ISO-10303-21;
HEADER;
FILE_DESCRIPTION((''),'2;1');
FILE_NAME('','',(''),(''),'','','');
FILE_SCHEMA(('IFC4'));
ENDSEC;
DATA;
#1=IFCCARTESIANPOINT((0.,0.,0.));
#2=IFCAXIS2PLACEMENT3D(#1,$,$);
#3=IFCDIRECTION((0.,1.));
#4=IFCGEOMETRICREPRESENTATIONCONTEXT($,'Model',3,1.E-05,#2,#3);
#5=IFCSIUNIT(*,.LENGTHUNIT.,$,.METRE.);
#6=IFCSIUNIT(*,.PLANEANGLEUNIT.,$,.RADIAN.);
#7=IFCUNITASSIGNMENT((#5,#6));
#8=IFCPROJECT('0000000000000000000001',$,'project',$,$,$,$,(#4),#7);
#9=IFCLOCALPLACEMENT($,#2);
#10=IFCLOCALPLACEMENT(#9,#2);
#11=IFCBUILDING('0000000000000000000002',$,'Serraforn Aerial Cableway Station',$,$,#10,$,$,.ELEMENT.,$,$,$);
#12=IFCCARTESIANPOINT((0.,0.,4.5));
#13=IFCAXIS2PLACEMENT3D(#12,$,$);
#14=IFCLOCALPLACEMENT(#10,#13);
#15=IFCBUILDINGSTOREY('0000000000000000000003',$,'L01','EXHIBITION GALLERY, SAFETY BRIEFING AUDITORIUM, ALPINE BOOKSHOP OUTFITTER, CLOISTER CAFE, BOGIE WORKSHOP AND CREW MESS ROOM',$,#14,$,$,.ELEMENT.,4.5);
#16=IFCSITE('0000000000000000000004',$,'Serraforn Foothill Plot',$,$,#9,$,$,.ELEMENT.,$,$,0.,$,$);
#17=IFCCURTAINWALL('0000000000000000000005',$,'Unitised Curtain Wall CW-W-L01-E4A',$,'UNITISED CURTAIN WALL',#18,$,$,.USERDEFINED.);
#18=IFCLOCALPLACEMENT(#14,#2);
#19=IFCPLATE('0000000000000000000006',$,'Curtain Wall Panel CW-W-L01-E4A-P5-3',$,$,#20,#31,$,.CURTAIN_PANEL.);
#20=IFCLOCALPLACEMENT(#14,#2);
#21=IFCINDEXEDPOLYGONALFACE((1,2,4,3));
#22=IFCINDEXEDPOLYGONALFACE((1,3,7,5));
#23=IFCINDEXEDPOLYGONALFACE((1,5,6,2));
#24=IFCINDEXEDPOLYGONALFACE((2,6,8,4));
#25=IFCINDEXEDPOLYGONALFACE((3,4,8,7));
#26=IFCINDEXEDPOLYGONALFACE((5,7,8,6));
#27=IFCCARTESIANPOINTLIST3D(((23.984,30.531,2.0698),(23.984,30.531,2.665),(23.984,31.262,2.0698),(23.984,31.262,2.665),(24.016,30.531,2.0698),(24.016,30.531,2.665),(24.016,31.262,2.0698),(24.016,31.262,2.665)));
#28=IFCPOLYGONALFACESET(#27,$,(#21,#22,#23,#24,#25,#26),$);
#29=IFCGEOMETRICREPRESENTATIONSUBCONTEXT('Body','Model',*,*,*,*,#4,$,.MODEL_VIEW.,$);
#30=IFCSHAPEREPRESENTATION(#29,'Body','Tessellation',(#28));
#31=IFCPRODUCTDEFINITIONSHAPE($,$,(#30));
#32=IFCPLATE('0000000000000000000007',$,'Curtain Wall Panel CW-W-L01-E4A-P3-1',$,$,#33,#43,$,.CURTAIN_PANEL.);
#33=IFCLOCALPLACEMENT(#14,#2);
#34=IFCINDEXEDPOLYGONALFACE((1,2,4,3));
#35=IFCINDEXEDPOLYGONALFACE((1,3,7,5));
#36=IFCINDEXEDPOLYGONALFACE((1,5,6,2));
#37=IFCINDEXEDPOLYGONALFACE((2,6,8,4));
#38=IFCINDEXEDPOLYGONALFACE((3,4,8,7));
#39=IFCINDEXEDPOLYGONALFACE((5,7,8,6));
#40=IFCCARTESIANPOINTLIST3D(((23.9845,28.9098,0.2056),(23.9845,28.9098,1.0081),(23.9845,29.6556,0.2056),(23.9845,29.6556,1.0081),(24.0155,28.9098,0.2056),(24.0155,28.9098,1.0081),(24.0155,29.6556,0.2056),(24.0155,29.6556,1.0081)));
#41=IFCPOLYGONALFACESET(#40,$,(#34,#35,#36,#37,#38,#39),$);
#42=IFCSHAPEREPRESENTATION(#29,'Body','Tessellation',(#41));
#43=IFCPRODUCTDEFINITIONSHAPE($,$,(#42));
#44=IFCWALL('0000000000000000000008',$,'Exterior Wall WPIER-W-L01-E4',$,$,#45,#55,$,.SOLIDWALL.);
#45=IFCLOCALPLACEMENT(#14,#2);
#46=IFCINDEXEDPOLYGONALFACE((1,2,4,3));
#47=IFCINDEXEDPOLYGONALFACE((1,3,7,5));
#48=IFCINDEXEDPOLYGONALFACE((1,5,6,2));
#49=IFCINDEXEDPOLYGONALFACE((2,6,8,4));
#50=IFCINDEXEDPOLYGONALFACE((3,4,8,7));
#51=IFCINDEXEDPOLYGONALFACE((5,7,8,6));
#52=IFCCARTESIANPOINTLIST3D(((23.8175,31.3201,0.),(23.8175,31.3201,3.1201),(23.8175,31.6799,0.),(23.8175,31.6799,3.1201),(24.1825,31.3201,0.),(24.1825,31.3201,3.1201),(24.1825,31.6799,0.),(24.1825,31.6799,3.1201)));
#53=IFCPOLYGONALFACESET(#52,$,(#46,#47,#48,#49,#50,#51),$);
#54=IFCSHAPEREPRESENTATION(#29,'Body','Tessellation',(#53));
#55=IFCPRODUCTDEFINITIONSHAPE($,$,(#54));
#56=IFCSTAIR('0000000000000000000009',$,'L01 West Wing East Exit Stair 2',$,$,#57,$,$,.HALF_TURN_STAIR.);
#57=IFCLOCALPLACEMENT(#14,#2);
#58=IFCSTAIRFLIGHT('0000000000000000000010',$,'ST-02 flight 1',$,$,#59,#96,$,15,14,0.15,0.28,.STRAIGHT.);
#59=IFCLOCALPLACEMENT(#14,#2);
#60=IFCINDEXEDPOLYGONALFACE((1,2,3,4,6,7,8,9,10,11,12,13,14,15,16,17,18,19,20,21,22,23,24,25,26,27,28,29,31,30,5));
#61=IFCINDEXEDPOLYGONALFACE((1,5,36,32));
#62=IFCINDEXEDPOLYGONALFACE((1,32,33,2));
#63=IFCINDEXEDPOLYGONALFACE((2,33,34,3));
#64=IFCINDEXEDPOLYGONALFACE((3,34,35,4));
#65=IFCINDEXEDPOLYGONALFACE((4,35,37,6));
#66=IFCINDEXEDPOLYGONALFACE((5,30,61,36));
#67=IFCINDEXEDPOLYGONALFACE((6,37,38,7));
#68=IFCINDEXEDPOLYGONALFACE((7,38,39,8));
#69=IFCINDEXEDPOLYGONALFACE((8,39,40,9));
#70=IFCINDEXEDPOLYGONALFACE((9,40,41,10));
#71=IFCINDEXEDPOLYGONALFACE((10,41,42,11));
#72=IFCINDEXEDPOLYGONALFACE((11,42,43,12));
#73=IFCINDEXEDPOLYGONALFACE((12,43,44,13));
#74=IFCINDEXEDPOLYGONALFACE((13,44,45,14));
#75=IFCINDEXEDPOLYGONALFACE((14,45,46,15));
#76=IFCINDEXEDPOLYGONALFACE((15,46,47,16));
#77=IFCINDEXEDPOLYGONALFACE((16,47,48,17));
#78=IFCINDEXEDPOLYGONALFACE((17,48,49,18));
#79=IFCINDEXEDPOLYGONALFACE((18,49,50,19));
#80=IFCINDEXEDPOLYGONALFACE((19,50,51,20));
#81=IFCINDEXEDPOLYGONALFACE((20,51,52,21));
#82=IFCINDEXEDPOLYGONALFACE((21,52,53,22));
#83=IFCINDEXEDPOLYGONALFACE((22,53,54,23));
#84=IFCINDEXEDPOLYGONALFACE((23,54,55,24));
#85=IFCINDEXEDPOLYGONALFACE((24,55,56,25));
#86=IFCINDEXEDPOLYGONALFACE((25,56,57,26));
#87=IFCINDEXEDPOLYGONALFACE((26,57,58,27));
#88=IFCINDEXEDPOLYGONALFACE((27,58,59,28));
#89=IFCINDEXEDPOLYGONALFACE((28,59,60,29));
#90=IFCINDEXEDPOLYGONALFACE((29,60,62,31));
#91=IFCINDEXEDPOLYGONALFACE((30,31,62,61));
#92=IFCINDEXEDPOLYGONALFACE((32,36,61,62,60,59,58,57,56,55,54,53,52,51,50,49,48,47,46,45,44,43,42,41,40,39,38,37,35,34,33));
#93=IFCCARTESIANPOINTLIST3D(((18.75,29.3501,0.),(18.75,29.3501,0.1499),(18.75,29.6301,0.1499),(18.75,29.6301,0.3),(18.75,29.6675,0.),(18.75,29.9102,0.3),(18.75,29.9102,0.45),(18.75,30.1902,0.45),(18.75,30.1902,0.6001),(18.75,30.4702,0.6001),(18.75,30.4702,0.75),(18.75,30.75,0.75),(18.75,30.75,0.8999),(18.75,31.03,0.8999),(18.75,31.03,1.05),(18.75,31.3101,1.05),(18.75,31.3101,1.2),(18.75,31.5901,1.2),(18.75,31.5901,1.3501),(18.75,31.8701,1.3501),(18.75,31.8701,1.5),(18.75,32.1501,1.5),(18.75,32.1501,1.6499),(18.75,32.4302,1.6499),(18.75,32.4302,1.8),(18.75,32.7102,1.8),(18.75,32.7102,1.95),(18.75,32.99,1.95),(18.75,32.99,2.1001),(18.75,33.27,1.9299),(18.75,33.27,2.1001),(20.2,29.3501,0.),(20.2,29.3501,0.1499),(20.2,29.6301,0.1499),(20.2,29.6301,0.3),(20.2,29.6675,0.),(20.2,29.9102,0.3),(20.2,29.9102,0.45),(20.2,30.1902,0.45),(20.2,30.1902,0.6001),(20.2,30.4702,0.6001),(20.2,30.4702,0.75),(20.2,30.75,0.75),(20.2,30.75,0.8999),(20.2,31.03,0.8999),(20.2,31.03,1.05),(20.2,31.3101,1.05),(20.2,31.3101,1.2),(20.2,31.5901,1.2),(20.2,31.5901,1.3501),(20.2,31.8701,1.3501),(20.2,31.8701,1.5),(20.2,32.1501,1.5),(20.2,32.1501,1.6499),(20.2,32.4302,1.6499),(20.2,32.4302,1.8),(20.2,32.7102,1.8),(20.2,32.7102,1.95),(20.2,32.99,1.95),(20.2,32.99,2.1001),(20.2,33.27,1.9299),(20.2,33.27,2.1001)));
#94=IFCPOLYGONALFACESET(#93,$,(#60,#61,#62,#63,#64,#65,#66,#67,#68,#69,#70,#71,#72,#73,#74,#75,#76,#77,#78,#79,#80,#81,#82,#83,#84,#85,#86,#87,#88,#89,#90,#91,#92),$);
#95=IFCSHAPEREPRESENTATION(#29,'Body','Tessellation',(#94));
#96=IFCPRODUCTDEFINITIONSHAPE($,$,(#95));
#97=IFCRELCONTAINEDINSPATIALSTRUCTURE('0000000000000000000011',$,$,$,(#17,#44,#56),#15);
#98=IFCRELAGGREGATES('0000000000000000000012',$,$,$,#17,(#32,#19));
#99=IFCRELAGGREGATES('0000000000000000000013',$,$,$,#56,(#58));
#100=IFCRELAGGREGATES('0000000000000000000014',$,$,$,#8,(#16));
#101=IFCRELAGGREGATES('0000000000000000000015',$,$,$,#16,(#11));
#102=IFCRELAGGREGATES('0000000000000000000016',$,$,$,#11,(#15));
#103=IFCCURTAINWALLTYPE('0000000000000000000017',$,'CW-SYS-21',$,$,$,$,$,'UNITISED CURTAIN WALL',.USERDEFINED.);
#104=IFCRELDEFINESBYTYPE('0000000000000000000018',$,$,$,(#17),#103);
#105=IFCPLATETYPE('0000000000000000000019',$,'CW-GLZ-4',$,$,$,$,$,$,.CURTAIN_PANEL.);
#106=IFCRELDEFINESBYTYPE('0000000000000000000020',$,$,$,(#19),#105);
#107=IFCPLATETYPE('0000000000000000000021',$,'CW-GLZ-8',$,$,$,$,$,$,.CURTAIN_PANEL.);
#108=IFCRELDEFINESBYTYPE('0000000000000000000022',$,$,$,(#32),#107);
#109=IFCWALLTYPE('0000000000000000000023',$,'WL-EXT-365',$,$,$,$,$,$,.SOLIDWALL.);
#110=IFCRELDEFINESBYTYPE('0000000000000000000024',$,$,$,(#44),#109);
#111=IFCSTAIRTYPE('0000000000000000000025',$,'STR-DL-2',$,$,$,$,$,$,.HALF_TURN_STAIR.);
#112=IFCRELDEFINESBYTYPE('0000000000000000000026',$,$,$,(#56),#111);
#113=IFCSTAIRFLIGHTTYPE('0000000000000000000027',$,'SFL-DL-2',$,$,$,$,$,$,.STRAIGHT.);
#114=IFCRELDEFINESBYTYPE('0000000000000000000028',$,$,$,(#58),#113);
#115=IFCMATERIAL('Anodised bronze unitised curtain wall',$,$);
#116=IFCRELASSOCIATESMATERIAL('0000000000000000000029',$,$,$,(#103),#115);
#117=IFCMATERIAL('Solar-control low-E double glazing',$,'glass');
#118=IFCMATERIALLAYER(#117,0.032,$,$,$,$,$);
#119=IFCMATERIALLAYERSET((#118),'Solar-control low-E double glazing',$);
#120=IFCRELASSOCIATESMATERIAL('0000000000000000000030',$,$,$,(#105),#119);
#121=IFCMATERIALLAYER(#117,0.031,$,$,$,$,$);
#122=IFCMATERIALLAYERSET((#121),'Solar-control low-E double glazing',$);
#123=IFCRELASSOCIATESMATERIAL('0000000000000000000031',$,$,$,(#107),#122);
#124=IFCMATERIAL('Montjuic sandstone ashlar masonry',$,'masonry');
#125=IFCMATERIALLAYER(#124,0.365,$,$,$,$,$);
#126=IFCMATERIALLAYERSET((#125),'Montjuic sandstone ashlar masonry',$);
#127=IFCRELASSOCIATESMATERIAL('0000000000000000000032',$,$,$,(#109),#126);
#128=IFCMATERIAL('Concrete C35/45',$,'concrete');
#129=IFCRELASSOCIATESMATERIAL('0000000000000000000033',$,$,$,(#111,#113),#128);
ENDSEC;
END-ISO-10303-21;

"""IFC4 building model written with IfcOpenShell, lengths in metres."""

from ifc_helpers import new_model, si_unit, direction, frame, frame_2d, origin, origin_2d, place, context, subcontext, project, spatial, polyline, rectangle, outline, extrude, material, layer, layer_set, type_object, element, aggregate, save


model = new_model("IFC4")

# Units and contexts
model_context = context("Model", 3, precision=1e-05, world=origin(), true_north=direction((0.0, 1.0)))
body_context = subcontext(model_context, "Body", "Model", "MODEL_VIEW")
ifc_project = project(units=[si_unit("LENGTHUNIT", "METRE"), si_unit("PLANEANGLEUNIT", "RADIAN")], contexts=[model_context])

# Site, building, storey
site_placement = place(None, origin())
site = spatial("IfcSite", under=ifc_project, at=site_placement, Name="Serraforn Foothill Plot", CompositionType="ELEMENT", RefElevation=0.0)
building_placement = place(site_placement, origin())
building = spatial("IfcBuilding", under=site, at=building_placement, Name="Serraforn Aerial Cableway Station", CompositionType="ELEMENT")
storey_placement = place(building_placement, frame((0.0, 0.0, 4.5)))
storey = spatial("IfcBuildingStorey", under=building, at=storey_placement, Name="L01", Description="EXHIBITION GALLERY, SAFETY BRIEFING AUDITORIUM, ALPINE BOOKSHOP OUTFITTER, CLOISTER CAFE, BOGIE WORKSHOP AND CREW MESS ROOM", CompositionType="ELEMENT", Elevation=4.5)

# Curtain wall
ifc_material_1 = material(Name="Anodised bronze unitised curtain wall")
curtain_wall_type_1 = type_object("IfcCurtainWallType", Name="CW-SYS-21", ElementType="UNITISED CURTAIN WALL", PredefinedType="USERDEFINED", material=ifc_material_1)
curtain_wall_1_placement = place(storey_placement, origin())
curtain_wall_1 = element("IfcCurtainWall", 1, at=curtain_wall_1_placement, inside=storey, type_object=curtain_wall_type_1, Name="Unitised Curtain Wall CW-W-L01-E4A", ObjectType="UNITISED CURTAIN WALL", PredefinedType="USERDEFINED")

# Plates
ifc_material_2 = material(Name="Solar-control low-E double glazing", Category="glass")
ifc_layer_1 = layer(ifc_material_2, 0.032)
ifc_layer_set_1 = layer_set([ifc_layer_1], Name="Solar-control low-E double glazing")
plate_type_1 = type_object("IfcPlateType", Name="CW-GLZ-4", PredefinedType="CURTAIN_PANEL", material=ifc_layer_set_1)
plate_1_placement = place(storey_placement, frame((24.0, 30.8965, 2.0698), z_axis=(0.0, 0.0, 1.0), x_axis=(1.0, 0.0, 0.0)))
plate_1 = element("IfcPlate", 2, at=plate_1_placement, type_object=plate_type_1, Name="Curtain Wall Panel CW-W-L01-E4A-P5-3", PredefinedType="CURTAIN_PANEL", context=body_context, shape_type="SweptSolid", body=[
    extrude(rectangle(XDim=0.032, YDim=0.731, at=origin_2d()), origin(), (0.0, 0.0, 1.0), 0.5952),
])
ifc_layer_2 = layer(ifc_material_2, 0.031)
ifc_layer_set_2 = layer_set([ifc_layer_2], Name="Solar-control low-E double glazing")
plate_type_2 = type_object("IfcPlateType", Name="CW-GLZ-8", PredefinedType="CURTAIN_PANEL", material=ifc_layer_set_2)
plate_2_placement = place(storey_placement, frame((24.0, 29.2827, 0.2056), z_axis=(0.0, 0.0, 1.0), x_axis=(1.0, 0.0, 0.0)))
plate_2 = element("IfcPlate", 3, at=plate_2_placement, type_object=plate_type_2, Name="Curtain Wall Panel CW-W-L01-E4A-P3-1", PredefinedType="CURTAIN_PANEL", context=body_context, shape_type="SweptSolid", body=[
    extrude(rectangle(XDim=0.031, YDim=0.7458, at=origin_2d()), origin(), (0.0, 0.0, 1.0), 0.8025),
])
aggregate(curtain_wall_1, [plate_2, plate_1])

# Wall
ifc_material_3 = material(Name="Montjuic sandstone ashlar masonry", Category="masonry")
ifc_layer_3 = layer(ifc_material_3, 0.365)
ifc_layer_set_3 = layer_set([ifc_layer_3], Name="Montjuic sandstone ashlar masonry")
wall_type = type_object("IfcWallType", Name="WL-EXT-365", PredefinedType="SOLIDWALL", material=ifc_layer_set_3)
wall_placement = place(storey_placement, frame((24.0, 31.3201, 0.0), z_axis=(0.0, 0.0, 1.0), x_axis=(0.0, 1.0, 0.0)))
element("IfcWall", 4, at=wall_placement, inside=storey, type_object=wall_type, Name="Exterior Wall WPIER-W-L01-E4", PredefinedType="SOLIDWALL", context=body_context, shape_type="SweptSolid", body=[
    extrude(rectangle(XDim=0.3599, YDim=0.365, at=frame_2d((0.1799, 0.0))), origin(), (0.0, 0.0, 1.0), 3.1201),
])

# Stair, stair flight
ifc_material_4 = material(Name="Concrete C35/45", Category="concrete")
stair_type = type_object("IfcStairType", Name="STR-DL-2", PredefinedType="HALF_TURN_STAIR", material=ifc_material_4)
stair_placement = place(storey_placement, origin())
stair = element("IfcStair", 5, at=stair_placement, inside=storey, type_object=stair_type, Name="L01 West Wing East Exit Stair 2", PredefinedType="HALF_TURN_STAIR")
stair_flight_type = type_object("IfcStairFlightType", Name="SFL-DL-2", PredefinedType="STRAIGHT", material=ifc_material_4)
stair_flight_placement = place(storey_placement, frame((19.4751, 29.3501, 0.0), z_axis=(0.0, 0.0, 1.0), x_axis=(0.0, 1.0, 0.0)))
stair_flight = element("IfcStairFlight", 6, at=stair_flight_placement, type_object=stair_flight_type, Name="ST-02 flight 1", NumberOfRisers=15, NumberOfTreads=14, PredefinedType="STRAIGHT", RiserHeight=0.15, TreadLength=0.28, context=body_context, shape_type="SweptSolid", body=[
    extrude(outline(polyline([(0.0, 0.0), (0.0, 0.1499), (0.28, 0.1499), (0.28, 0.3), (0.5601, 0.3), (0.5601, 0.45), (0.8401, 0.45), (0.8401, 0.6001), (1.1201, 0.6001), (1.1201, 0.75), (1.3999, 0.75), (1.3999, 0.8999), (1.6799, 0.8999), (1.6799, 1.05), (1.96, 1.05), (1.96, 1.2), (2.24, 1.2), (2.24, 1.3501), (2.52, 1.3501), (2.52, 1.5), (2.8, 1.5), (2.8, 1.6499), (3.0801, 1.6499), (3.0801, 1.8), (3.3601, 1.8), (3.3601, 1.95), (3.6399, 1.95), (3.6399, 2.1001), (3.9199, 2.1001), (3.9199, 2.25), (3.9199, 1.9299), (0.3174, 0.0), (0.0, 0.0)])), frame((0.0, 0.7251, 0.0), z_axis=(0.0, -1.0, 0.0), x_axis=(1.0, 0.0, 0.0)), (0.0, 0.0, 1.0), 1.45),
])
aggregate(stair, [stair_flight])

save(model, "model.ifc")
